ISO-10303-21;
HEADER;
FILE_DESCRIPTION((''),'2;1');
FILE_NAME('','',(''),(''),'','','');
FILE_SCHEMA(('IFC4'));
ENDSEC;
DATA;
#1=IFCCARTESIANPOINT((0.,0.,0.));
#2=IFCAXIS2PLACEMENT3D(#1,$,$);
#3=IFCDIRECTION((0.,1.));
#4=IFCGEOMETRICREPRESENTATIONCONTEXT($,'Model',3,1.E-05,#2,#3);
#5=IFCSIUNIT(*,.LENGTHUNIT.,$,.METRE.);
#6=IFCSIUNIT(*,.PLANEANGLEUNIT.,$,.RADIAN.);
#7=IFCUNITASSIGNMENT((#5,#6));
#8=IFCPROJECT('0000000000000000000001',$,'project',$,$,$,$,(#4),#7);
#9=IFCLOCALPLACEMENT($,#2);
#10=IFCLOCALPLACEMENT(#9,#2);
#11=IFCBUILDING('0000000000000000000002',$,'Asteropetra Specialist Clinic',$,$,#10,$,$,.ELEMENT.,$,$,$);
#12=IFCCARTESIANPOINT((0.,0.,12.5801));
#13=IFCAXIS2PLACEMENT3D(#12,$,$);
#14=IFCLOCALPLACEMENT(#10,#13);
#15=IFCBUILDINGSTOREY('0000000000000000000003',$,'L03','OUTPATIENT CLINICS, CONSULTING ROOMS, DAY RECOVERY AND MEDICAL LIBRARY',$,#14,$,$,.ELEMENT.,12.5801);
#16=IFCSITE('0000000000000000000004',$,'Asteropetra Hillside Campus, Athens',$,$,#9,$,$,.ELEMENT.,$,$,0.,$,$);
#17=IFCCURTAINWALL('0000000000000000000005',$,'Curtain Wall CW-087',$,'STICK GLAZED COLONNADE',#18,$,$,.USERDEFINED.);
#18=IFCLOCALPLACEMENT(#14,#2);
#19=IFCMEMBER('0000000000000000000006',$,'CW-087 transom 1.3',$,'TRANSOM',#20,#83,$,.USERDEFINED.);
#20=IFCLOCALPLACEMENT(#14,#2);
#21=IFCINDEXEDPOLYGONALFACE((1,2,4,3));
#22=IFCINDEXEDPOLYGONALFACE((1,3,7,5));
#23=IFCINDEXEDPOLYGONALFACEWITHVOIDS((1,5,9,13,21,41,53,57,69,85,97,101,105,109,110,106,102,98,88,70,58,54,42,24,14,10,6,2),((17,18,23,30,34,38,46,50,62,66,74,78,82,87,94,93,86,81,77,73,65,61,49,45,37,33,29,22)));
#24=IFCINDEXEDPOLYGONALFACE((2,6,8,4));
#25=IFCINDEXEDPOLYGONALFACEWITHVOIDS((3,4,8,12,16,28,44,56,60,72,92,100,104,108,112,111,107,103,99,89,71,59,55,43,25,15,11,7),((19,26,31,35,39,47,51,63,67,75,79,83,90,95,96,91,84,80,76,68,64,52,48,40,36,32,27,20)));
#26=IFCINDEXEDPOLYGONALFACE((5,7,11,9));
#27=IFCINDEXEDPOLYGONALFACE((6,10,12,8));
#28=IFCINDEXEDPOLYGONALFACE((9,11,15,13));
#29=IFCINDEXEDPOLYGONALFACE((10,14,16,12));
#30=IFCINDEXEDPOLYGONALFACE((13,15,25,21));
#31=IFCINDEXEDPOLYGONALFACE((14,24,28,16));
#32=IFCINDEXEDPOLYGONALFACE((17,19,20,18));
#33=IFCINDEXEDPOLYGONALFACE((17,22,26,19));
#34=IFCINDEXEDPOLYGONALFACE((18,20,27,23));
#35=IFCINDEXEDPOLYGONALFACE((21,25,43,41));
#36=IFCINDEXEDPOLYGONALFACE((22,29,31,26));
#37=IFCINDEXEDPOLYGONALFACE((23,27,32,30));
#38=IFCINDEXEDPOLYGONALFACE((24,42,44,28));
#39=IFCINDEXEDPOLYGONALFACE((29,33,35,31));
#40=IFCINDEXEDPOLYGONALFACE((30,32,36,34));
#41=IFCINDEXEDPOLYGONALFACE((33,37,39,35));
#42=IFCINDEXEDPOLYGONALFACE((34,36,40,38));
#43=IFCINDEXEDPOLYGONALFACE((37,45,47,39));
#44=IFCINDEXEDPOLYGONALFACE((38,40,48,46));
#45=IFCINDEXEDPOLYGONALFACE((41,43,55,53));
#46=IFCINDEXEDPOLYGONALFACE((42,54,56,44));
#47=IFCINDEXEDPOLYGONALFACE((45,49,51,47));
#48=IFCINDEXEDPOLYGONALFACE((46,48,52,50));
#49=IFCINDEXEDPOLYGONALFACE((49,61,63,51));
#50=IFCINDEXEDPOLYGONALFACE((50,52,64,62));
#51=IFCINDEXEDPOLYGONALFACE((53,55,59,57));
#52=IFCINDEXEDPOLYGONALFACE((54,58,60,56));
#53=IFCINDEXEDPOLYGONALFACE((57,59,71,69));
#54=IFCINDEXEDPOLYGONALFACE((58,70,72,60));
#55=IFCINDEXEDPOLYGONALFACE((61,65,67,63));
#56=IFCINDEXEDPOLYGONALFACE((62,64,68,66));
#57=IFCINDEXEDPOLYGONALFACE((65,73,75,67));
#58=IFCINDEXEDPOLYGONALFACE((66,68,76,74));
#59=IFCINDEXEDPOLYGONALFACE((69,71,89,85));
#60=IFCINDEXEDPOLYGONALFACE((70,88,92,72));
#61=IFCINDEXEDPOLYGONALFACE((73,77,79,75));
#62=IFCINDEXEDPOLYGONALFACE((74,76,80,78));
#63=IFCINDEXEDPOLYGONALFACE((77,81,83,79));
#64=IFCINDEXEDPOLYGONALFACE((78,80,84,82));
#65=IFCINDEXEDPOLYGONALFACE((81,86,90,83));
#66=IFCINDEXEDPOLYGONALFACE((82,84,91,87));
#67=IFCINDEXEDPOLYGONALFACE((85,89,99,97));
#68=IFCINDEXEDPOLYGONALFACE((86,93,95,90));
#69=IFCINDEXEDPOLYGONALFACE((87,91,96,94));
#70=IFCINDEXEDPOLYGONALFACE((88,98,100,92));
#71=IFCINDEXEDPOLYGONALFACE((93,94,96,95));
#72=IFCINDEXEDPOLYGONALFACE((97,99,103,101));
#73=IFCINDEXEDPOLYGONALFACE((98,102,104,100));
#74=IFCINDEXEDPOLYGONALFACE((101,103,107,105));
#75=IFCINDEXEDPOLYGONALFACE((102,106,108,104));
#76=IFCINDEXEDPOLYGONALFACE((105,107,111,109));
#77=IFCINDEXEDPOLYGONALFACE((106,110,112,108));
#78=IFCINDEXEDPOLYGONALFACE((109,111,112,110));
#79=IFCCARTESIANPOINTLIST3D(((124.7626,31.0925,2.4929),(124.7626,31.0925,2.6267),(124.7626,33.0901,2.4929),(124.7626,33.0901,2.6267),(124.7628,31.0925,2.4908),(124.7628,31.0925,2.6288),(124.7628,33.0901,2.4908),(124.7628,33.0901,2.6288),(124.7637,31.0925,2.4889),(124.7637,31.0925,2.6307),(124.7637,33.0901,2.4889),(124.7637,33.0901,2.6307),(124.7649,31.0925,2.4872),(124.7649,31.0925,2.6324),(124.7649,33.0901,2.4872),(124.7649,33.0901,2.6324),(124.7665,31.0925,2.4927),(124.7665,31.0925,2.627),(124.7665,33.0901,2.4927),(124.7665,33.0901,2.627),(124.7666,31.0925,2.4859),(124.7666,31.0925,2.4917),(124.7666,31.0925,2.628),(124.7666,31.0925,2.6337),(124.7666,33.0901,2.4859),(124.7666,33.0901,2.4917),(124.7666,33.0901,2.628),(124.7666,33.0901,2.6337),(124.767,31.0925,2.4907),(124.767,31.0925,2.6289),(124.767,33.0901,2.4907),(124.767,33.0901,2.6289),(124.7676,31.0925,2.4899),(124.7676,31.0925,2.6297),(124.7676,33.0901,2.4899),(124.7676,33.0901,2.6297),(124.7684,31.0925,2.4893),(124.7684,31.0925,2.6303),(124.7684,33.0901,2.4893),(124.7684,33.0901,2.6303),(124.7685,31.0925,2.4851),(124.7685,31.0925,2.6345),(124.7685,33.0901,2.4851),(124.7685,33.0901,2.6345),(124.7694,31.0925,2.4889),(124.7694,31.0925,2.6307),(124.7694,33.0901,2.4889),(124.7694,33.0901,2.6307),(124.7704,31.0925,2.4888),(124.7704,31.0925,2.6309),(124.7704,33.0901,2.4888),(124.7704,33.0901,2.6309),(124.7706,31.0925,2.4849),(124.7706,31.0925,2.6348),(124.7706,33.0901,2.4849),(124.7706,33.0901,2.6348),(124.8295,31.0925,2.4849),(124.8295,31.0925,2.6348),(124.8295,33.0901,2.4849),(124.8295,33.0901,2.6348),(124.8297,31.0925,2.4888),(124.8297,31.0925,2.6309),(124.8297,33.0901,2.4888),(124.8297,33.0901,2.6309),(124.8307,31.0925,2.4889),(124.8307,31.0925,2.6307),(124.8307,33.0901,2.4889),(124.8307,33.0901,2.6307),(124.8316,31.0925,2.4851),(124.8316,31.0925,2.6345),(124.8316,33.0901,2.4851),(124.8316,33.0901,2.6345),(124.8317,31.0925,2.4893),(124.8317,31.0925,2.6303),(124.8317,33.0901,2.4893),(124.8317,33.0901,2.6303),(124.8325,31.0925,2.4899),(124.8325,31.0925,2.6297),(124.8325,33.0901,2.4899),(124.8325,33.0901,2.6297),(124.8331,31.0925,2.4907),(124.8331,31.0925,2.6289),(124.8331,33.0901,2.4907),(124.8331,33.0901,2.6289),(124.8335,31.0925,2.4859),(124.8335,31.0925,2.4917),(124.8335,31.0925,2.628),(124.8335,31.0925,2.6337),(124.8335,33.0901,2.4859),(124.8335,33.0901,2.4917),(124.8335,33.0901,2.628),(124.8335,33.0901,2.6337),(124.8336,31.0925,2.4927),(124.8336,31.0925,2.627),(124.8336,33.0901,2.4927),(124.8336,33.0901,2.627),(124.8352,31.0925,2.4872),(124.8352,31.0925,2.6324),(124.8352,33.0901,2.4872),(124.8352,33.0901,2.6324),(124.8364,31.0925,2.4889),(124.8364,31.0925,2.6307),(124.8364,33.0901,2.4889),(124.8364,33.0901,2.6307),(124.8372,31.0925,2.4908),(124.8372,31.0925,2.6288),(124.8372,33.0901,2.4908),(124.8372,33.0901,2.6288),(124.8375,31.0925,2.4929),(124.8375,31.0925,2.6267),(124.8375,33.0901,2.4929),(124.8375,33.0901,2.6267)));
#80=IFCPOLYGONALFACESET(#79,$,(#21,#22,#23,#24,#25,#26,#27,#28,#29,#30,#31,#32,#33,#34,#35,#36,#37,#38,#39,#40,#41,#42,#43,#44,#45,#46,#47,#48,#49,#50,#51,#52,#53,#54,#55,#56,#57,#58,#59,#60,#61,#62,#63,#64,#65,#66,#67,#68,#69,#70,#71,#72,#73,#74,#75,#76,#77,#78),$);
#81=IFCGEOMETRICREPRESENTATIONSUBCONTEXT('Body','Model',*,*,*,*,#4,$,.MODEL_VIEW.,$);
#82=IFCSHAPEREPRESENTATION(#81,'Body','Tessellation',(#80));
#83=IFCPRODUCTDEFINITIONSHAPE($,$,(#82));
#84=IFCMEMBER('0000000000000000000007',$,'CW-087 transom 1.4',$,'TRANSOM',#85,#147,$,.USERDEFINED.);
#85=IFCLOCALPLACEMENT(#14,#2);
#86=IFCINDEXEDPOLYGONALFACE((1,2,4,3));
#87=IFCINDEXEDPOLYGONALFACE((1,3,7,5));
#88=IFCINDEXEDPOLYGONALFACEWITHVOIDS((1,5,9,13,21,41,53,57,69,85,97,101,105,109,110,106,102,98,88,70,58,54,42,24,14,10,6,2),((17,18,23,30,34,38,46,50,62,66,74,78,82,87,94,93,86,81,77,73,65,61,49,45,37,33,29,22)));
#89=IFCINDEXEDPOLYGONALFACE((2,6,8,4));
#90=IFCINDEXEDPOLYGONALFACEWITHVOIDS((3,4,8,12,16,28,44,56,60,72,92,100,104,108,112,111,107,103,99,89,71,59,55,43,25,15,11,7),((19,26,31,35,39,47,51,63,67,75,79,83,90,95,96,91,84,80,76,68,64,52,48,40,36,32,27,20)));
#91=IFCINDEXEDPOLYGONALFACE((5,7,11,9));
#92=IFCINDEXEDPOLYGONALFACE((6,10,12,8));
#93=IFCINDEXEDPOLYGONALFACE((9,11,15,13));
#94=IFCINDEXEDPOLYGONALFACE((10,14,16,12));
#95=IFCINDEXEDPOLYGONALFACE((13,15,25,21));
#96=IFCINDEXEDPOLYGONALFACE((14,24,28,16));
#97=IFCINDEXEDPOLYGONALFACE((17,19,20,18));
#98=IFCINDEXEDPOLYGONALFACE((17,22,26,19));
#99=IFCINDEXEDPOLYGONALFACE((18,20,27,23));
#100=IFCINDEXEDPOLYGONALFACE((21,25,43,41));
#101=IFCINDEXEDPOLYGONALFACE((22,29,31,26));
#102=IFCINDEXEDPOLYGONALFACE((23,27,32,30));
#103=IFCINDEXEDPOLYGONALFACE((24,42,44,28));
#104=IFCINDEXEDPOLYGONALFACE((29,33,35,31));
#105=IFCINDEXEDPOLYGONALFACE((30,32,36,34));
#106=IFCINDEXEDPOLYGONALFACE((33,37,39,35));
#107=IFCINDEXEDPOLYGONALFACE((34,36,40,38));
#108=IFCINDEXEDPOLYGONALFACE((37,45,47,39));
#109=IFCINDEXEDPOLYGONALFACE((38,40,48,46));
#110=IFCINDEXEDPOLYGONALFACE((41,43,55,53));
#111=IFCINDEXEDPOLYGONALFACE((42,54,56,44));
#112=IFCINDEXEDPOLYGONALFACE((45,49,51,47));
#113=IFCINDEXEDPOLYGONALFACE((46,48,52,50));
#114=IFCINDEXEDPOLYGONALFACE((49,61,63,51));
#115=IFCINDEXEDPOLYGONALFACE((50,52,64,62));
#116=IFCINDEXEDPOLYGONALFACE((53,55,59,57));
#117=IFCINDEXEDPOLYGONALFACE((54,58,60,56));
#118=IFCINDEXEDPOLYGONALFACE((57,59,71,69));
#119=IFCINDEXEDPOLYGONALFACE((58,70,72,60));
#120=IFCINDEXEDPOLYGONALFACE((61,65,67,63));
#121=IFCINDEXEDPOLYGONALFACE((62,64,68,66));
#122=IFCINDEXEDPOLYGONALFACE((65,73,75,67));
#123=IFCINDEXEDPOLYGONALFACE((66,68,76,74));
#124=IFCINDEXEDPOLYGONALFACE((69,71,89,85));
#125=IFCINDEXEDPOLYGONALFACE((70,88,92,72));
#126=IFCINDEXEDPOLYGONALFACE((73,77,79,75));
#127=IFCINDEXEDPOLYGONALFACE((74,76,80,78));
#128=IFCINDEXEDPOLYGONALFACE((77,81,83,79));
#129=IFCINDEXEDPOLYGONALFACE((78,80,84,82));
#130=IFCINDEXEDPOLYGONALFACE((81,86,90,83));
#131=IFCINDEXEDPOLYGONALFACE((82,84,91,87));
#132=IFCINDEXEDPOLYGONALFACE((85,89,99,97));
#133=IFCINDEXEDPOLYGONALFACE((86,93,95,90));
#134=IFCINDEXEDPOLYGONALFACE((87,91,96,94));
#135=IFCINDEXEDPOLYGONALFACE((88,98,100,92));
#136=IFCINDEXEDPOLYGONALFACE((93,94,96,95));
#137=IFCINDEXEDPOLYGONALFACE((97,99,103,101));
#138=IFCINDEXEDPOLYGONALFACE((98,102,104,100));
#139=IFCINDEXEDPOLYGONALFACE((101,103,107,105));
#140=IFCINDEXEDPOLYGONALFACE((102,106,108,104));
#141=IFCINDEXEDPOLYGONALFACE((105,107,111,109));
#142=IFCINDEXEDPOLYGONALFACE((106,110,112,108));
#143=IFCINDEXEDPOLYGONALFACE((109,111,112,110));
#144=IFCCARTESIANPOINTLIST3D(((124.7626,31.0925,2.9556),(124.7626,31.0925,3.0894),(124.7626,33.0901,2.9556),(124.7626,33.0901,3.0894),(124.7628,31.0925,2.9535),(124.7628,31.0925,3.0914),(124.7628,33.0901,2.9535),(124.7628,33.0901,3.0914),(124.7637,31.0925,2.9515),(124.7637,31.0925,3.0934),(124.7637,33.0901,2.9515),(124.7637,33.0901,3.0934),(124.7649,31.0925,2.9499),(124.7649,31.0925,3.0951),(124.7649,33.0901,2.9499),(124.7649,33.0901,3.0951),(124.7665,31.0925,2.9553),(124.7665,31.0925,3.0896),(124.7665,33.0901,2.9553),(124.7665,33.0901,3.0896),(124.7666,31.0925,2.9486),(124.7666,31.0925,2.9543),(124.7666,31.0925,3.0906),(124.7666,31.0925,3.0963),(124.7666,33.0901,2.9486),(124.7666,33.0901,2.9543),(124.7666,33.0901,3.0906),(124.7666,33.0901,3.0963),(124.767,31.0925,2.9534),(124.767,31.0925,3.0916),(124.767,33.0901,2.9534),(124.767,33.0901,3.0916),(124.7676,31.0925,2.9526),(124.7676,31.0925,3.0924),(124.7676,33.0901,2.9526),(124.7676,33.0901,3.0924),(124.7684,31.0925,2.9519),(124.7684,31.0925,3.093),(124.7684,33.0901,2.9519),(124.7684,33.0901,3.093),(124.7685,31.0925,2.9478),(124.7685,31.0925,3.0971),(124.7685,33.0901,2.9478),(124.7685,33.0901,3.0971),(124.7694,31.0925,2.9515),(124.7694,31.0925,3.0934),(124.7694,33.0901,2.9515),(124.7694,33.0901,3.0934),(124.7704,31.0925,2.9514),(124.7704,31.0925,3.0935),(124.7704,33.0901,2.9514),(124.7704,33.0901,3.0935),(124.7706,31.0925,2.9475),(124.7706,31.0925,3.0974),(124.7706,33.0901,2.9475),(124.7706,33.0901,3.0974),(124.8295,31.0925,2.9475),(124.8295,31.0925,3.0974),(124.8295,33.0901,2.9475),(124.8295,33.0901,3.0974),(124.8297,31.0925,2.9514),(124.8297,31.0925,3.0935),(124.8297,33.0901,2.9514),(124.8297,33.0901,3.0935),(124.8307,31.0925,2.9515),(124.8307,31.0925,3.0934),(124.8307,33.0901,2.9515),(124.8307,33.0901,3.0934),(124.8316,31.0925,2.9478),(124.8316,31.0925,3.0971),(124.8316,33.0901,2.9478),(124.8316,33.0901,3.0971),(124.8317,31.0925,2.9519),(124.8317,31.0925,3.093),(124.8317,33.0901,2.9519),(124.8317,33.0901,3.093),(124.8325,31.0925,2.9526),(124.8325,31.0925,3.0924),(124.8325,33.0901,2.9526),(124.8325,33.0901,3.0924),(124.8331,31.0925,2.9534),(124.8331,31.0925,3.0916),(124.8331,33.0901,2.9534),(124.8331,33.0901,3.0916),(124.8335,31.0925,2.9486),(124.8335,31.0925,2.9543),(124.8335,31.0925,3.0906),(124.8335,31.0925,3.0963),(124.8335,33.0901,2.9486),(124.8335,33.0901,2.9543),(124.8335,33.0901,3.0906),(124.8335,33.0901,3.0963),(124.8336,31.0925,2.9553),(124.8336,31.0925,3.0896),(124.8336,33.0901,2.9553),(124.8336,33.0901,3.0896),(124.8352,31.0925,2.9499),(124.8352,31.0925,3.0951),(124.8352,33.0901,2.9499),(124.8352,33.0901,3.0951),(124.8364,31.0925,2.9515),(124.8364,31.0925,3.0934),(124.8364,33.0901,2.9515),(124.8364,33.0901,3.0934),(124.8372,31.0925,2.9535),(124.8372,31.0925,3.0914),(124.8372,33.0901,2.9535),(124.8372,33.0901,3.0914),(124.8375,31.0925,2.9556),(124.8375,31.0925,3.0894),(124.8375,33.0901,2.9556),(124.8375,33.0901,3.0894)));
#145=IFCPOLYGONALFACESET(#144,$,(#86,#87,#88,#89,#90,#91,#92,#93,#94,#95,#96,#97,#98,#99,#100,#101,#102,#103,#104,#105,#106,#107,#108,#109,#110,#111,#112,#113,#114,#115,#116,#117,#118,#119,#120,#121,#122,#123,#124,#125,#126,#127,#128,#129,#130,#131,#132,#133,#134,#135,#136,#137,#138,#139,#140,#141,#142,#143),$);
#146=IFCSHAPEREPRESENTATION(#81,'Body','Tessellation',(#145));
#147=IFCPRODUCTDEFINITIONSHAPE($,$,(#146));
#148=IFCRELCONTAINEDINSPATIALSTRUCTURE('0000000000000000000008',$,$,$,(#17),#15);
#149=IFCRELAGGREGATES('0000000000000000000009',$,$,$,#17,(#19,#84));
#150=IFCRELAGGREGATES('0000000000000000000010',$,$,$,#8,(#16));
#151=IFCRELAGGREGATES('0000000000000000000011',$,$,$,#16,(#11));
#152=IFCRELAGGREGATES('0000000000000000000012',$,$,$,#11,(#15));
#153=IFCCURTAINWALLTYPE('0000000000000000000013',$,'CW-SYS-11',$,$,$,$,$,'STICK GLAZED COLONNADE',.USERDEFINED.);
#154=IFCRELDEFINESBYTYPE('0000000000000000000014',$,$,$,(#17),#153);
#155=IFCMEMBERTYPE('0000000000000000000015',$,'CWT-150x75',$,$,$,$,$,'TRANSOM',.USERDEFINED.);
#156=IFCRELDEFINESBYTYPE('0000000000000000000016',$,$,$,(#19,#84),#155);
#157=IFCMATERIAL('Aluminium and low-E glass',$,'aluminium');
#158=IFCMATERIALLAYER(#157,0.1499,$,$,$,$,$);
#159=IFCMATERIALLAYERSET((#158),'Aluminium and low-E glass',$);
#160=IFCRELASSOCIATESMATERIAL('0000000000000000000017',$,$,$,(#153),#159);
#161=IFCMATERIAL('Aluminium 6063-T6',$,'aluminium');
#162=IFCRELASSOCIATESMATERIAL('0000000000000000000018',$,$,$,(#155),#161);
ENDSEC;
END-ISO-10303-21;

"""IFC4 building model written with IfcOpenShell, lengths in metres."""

from ifc_helpers import new_model, si_unit, direction, frame, origin, origin_2d, place, context, subcontext, project, spatial, hollow_rectangle, extrude, material, layer, layer_set, material_profile, profile_set, type_object, element, aggregate, save


model = new_model("IFC4")

# Units and contexts
model_context = context("Model", 3, precision=1e-05, world=origin(), true_north=direction((0.0, 1.0)))
body_context = subcontext(model_context, "Body", "Model", "MODEL_VIEW")
ifc_project = project(units=[si_unit("LENGTHUNIT", "METRE"), si_unit("PLANEANGLEUNIT", "RADIAN")], contexts=[model_context])

# Site, building, storey
site_placement = place(None, origin())
site = spatial("IfcSite", under=ifc_project, at=site_placement, Name="Asteropetra Hillside Campus, Athens", CompositionType="ELEMENT", RefElevation=0.0)
building_placement = place(site_placement, origin())
building = spatial("IfcBuilding", under=site, at=building_placement, Name="Asteropetra Specialist Clinic", CompositionType="ELEMENT")
storey_placement = place(building_placement, frame((0.0, 0.0, 12.5801)))
storey = spatial("IfcBuildingStorey", under=building, at=storey_placement, Name="L03", Description="OUTPATIENT CLINICS, CONSULTING ROOMS, DAY RECOVERY AND MEDICAL LIBRARY", CompositionType="ELEMENT", Elevation=12.5801)

# Curtain wall
ifc_material_1 = material(Name="Aluminium and low-E glass", Category="aluminium")
ifc_layer_1 = layer(ifc_material_1, 0.1499)
ifc_layer_set_1 = layer_set([ifc_layer_1], Name="Aluminium and low-E glass")
curtain_wall_type_1 = type_object("IfcCurtainWallType", Name="CW-SYS-11", ElementType="STICK GLAZED COLONNADE", PredefinedType="USERDEFINED", material=ifc_layer_set_1)
curtain_wall_1_placement = place(storey_placement, origin())
curtain_wall_1 = element("IfcCurtainWall", 1, at=curtain_wall_1_placement, inside=storey, type_object=curtain_wall_type_1, Name="Curtain Wall CW-087", ObjectType="STICK GLAZED COLONNADE", PredefinedType="USERDEFINED")

# Members
ifc_material_2 = material(Name="Aluminium 6063-T6", Category="aluminium")
ifc_material_profile_1 = material_profile(ifc_material_2, hollow_rectangle(XDim=0.075, YDim=0.1499, WallThickness=0.0039, InnerFilletRadius=0.0039, OuterFilletRadius=0.0081, at=origin_2d()), Name="TRN 150x75x4.0")
ifc_profile_set_1 = profile_set([ifc_material_profile_1], Name="Aluminium 6063-T6")
member_type_1 = type_object("IfcMemberType", Name="CWT-150x75", ElementType="TRANSOM", PredefinedType="USERDEFINED", material=ifc_profile_set_1)
member_1_placement = place(storey_placement, frame((124.8, 33.0901, 2.5598), z_axis=(0.0, -1.0, 0.0), x_axis=(1.0, 0.0, 0.0)))
member_1 = element("IfcMember", 2, at=member_1_placement, type_object=member_type_1, Name="CW-087 transom 1.3", ObjectType="TRANSOM", PredefinedType="USERDEFINED", context=body_context, shape_type="SweptSolid", body=[
    extrude(hollow_rectangle(XDim=0.075, YDim=0.1499, WallThickness=0.0039, InnerFilletRadius=0.0039, OuterFilletRadius=0.0081, at=origin_2d()), origin(), (0.0, 0.0, 1.0), 1.9976),
])
member_2_placement = place(storey_placement, frame((124.8, 33.0901, 3.0225), z_axis=(0.0, -1.0, 0.0), x_axis=(1.0, 0.0, 0.0)))
member_2 = element("IfcMember", 3, at=member_2_placement, type_object=member_type_1, Name="CW-087 transom 1.4", ObjectType="TRANSOM", PredefinedType="USERDEFINED", context=body_context, shape_type="SweptSolid", body=[
    extrude(hollow_rectangle(XDim=0.075, YDim=0.1499, WallThickness=0.0039, InnerFilletRadius=0.0039, OuterFilletRadius=0.0081, at=origin_2d()), origin(), (0.0, 0.0, 1.0), 1.9976),
])

aggregate(curtain_wall_1, [member_1, member_2])

save(model, "model.ifc")
